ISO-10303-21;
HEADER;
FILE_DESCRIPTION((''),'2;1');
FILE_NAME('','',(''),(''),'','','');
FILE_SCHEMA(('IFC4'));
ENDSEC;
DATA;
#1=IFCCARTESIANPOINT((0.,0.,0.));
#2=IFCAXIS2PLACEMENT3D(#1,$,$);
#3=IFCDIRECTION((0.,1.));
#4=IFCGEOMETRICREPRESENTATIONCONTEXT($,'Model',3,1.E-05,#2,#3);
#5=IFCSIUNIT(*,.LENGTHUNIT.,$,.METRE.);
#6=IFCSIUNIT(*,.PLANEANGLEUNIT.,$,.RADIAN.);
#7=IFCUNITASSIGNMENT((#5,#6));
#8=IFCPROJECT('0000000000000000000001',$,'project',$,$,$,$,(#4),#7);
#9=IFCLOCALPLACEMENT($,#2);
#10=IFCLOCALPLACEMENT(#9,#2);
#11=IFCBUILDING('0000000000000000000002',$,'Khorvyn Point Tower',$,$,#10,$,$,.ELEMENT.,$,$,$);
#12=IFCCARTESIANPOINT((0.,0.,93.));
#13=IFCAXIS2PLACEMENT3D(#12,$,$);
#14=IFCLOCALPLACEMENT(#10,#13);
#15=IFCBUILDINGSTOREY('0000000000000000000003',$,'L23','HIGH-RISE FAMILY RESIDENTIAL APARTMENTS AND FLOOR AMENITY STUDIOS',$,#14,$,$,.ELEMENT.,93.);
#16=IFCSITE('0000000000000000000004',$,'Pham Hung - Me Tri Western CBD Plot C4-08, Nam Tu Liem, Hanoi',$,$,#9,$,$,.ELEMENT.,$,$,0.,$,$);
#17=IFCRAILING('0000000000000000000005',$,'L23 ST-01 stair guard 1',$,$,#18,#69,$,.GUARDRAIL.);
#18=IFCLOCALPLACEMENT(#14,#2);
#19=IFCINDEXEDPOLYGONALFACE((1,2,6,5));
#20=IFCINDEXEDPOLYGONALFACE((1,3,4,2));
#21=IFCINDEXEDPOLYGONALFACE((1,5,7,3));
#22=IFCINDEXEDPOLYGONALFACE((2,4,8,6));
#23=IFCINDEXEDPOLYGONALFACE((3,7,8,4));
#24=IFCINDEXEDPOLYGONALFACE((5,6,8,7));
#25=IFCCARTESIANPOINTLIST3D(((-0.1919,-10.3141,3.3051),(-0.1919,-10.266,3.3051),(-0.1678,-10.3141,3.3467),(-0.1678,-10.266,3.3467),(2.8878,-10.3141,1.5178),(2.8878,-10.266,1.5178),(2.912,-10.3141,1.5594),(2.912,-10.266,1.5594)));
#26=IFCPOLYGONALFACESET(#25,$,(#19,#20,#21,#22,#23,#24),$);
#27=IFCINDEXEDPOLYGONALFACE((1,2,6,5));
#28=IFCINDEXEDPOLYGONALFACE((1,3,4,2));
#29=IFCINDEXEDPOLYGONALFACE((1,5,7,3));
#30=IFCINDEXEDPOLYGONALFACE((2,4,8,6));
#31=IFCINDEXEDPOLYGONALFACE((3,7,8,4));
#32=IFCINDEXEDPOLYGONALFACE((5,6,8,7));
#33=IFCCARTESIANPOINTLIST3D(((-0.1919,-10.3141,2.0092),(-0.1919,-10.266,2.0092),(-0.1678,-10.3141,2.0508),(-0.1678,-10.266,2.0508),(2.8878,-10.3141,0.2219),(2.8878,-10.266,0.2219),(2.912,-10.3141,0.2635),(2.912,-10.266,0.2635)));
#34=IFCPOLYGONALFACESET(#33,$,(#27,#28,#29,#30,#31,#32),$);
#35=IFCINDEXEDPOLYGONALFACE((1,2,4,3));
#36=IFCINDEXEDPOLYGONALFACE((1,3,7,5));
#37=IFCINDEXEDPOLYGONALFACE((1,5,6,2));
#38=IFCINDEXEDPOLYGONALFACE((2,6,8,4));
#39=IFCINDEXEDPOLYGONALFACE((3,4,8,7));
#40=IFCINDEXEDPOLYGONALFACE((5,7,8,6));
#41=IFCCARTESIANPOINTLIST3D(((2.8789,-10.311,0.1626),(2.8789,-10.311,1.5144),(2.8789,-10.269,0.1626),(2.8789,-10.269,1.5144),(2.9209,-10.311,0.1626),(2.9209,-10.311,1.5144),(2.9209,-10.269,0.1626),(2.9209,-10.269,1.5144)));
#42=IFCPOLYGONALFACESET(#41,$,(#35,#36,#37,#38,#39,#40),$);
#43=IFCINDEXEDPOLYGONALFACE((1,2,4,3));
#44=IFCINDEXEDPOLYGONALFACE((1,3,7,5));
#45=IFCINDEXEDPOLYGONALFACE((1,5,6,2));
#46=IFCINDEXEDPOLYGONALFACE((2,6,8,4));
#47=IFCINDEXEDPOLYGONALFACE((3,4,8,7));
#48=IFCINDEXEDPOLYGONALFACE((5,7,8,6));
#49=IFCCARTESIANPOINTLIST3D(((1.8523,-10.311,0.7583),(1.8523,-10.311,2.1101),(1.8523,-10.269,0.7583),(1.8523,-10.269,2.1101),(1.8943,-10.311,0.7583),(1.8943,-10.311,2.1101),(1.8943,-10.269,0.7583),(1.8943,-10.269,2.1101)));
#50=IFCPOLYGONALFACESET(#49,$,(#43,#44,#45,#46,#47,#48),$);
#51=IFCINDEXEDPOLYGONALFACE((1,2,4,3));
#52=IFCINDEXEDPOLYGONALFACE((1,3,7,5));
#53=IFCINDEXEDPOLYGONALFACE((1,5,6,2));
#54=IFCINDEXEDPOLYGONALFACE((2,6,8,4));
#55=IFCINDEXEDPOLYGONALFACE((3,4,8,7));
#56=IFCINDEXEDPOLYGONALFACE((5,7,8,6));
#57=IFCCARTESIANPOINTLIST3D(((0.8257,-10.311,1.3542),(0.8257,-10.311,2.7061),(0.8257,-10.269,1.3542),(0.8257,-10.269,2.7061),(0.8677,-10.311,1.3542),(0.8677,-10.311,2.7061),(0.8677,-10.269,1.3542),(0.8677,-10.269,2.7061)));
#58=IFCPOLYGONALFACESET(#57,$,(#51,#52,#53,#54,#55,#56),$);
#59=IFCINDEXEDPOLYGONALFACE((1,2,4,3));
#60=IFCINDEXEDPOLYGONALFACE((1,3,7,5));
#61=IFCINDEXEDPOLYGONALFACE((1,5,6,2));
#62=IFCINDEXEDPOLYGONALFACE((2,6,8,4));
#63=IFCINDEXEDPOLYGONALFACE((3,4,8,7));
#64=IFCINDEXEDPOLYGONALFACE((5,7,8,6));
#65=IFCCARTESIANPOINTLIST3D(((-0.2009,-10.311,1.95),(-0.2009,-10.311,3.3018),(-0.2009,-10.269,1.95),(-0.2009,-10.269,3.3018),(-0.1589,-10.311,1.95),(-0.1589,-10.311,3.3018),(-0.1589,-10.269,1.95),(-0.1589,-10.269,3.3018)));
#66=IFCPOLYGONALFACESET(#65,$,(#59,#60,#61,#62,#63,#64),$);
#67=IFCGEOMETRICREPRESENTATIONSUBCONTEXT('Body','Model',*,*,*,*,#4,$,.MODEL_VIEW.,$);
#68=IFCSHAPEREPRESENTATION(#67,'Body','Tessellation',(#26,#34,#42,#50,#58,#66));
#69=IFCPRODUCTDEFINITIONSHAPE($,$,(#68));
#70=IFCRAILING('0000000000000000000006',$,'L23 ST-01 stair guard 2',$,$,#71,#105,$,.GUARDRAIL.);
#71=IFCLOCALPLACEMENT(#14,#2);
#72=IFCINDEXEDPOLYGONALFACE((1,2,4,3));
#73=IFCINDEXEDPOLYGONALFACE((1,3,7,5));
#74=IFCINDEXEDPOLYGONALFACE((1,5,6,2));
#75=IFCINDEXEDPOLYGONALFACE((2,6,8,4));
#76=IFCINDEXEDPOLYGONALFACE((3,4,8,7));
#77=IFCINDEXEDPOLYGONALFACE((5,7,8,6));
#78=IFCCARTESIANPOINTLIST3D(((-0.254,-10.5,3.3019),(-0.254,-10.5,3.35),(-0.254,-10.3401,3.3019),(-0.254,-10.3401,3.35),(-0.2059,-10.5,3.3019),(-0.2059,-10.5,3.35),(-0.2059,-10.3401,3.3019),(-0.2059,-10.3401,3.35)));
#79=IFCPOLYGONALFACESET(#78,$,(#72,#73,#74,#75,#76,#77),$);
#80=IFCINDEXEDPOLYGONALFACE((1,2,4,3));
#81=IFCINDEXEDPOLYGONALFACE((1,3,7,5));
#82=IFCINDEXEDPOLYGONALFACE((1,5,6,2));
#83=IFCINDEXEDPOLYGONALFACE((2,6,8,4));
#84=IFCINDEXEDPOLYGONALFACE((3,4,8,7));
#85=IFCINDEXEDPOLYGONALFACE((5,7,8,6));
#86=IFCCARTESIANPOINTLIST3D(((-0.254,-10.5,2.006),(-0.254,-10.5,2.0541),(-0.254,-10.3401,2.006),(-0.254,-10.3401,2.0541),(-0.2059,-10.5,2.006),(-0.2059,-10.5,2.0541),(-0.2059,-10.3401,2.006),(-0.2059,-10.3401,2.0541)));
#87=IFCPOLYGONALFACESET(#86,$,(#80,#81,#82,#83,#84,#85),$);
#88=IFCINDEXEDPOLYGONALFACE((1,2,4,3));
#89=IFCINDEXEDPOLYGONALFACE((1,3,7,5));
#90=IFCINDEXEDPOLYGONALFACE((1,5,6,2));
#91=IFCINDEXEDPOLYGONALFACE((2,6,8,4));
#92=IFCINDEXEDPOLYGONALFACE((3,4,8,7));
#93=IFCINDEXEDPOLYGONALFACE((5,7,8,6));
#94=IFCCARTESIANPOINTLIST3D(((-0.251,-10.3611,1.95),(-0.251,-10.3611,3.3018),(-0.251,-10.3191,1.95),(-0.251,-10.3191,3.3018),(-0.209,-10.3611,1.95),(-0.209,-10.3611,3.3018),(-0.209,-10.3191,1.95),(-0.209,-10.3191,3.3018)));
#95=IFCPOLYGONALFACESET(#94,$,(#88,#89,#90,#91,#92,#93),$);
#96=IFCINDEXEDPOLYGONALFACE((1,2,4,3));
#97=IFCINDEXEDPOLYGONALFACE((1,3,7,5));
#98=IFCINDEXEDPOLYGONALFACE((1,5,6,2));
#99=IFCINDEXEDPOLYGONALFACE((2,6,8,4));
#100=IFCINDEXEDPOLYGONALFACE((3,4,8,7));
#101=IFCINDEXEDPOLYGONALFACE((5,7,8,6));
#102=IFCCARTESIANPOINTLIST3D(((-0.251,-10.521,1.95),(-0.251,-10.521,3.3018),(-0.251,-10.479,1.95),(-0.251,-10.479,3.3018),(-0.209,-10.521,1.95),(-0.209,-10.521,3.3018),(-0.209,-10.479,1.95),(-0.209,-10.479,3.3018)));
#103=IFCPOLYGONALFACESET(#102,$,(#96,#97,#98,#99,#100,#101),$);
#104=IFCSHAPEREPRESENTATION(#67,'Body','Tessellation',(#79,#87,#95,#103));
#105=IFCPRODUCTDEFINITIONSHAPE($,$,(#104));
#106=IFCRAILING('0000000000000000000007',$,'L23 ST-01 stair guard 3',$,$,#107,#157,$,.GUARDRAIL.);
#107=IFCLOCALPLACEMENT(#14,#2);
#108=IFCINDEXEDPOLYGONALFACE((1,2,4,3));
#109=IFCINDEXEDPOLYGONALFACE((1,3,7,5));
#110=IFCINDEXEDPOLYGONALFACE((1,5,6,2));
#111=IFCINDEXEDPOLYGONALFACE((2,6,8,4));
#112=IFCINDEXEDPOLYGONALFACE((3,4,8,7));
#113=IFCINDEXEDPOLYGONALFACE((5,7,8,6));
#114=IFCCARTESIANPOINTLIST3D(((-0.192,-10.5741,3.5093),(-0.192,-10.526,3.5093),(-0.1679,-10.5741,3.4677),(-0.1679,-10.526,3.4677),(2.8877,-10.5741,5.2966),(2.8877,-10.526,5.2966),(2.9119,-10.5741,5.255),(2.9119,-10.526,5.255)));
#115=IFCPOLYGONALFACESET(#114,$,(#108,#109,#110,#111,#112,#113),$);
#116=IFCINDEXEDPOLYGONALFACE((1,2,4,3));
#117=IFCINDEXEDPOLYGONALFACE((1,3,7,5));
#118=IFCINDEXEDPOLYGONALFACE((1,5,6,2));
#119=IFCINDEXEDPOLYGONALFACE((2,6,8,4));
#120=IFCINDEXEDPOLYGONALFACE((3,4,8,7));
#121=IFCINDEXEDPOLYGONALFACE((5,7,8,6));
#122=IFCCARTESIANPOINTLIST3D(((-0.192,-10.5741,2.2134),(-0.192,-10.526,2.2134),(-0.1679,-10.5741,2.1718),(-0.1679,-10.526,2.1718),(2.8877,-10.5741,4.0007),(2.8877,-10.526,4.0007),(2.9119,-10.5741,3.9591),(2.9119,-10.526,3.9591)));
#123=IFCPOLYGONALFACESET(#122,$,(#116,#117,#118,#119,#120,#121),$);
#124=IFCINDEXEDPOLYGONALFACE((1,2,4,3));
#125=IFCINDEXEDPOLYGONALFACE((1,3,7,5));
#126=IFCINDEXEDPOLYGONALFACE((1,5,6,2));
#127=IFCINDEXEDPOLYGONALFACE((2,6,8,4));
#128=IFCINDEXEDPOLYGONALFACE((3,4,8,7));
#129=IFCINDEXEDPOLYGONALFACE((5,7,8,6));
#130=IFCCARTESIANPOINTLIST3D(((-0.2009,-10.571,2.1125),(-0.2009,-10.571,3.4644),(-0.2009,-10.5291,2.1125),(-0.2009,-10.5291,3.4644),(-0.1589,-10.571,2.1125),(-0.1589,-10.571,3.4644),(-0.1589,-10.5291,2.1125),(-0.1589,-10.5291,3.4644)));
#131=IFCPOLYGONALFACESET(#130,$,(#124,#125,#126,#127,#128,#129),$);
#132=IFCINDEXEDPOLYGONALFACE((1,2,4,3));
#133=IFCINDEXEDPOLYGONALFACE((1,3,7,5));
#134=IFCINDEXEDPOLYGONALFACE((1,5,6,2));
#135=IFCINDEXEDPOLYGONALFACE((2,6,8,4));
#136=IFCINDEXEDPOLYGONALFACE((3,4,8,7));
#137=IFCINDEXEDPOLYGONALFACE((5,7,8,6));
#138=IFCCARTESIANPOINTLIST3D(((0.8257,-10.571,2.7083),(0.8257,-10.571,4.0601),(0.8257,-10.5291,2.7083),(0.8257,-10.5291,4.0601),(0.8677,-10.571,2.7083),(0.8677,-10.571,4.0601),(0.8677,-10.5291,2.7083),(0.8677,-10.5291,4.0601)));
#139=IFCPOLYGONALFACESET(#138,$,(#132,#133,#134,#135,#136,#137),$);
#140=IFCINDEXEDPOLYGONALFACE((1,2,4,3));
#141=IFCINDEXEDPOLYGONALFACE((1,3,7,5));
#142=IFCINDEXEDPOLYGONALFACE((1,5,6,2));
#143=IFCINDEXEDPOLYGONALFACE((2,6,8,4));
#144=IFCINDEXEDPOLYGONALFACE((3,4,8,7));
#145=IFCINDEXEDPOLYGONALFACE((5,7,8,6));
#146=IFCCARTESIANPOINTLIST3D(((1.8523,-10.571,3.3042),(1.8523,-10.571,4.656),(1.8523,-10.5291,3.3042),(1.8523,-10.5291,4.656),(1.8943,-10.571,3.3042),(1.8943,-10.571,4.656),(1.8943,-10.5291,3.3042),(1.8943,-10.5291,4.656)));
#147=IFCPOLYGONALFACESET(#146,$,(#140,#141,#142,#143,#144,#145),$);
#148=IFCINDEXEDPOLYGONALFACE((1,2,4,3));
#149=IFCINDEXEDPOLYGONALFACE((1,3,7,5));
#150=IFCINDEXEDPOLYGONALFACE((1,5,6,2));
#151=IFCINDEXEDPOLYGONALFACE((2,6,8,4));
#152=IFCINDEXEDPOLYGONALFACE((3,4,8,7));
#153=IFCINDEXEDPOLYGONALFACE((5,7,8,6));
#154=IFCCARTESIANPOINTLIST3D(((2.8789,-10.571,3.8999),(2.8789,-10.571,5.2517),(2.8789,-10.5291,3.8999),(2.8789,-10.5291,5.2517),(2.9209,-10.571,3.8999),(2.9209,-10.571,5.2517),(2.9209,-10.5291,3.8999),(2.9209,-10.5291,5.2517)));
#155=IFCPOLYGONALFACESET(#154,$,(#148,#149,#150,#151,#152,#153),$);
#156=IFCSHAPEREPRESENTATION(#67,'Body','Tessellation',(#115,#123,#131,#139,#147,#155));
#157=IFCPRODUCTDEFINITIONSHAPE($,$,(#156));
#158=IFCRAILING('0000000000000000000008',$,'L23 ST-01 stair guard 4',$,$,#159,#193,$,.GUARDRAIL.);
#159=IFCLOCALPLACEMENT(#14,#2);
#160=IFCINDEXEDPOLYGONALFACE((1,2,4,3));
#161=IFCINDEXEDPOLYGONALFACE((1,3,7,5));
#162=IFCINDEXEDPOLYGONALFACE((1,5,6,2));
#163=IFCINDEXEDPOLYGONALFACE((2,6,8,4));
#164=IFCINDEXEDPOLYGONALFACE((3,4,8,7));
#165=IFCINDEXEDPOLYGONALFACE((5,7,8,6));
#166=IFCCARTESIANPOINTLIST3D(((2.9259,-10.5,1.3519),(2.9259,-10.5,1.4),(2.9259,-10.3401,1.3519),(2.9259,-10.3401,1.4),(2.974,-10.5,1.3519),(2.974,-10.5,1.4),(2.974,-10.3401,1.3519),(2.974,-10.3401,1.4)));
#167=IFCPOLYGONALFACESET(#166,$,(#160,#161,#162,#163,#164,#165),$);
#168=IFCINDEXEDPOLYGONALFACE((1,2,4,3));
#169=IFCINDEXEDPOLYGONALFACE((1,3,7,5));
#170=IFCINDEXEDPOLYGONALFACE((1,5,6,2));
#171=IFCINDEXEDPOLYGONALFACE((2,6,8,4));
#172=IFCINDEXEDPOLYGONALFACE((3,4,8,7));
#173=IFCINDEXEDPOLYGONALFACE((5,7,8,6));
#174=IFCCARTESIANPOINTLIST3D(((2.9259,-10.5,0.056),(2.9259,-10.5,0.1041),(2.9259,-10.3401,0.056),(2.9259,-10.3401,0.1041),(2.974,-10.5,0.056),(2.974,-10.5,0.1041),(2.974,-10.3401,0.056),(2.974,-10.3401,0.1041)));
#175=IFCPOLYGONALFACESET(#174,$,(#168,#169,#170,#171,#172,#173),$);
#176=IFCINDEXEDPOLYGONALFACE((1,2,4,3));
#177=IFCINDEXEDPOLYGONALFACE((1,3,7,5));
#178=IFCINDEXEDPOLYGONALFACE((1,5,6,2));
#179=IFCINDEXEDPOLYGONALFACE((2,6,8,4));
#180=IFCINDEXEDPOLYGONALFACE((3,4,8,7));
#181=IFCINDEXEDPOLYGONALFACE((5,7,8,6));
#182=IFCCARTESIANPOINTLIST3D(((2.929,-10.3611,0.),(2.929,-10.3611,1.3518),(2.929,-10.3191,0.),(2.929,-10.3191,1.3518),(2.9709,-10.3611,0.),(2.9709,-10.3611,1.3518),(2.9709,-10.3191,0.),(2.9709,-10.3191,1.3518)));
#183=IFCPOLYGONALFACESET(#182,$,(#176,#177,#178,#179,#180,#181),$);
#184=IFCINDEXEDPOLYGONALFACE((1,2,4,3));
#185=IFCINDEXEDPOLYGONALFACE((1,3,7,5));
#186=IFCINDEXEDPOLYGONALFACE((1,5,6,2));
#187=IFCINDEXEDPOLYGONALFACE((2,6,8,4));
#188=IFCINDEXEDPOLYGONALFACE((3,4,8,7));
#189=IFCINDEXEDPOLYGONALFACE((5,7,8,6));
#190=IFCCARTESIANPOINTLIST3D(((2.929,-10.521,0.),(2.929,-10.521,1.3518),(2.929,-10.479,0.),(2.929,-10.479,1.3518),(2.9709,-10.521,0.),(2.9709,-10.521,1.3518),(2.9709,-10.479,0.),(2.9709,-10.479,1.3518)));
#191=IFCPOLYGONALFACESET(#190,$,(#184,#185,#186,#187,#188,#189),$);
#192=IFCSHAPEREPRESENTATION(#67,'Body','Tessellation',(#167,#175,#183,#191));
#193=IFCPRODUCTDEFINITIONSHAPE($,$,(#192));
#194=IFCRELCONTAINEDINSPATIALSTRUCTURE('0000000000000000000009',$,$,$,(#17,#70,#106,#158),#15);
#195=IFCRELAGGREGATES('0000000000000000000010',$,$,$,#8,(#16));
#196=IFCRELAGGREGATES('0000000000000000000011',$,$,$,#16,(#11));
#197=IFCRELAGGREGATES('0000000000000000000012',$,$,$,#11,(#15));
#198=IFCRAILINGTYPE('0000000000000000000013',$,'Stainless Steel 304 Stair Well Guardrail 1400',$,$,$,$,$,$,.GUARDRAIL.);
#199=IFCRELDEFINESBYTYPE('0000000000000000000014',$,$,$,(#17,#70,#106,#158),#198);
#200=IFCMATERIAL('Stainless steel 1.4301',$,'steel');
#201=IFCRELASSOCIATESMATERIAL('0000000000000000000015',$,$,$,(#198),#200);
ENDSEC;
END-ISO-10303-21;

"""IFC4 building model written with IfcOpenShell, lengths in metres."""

from ifc_helpers import new_model, si_unit, direction, frame, origin, origin_2d, place, context, subcontext, project, spatial, rectangle, extrude, material, type_object, element, save


model = new_model("IFC4")

# Units and contexts
model_context = context("Model", 3, precision=1e-05, world=origin(), true_north=direction((0.0, 1.0)))
body_context = subcontext(model_context, "Body", "Model", "MODEL_VIEW")
ifc_project = project(units=[si_unit("LENGTHUNIT", "METRE"), si_unit("PLANEANGLEUNIT", "RADIAN")], contexts=[model_context])

# Site, building, storey
site_placement = place(None, origin())
site = spatial("IfcSite", under=ifc_project, at=site_placement, Name="Pham Hung - Me Tri Western CBD Plot C4-08, Nam Tu Liem, Hanoi", CompositionType="ELEMENT", RefElevation=0.0)
building_placement = place(site_placement, origin())
building = spatial("IfcBuilding", under=site, at=building_placement, Name="Khorvyn Point Tower", CompositionType="ELEMENT")
storey_placement = place(building_placement, frame((0.0, 0.0, 93.0)))
storey = spatial("IfcBuildingStorey", under=building, at=storey_placement, Name="L23", Description="HIGH-RISE FAMILY RESIDENTIAL APARTMENTS AND FLOOR AMENITY STUDIOS", CompositionType="ELEMENT", Elevation=93.0)

# Railings
ifc_material_1 = material(Name="Stainless steel 1.4301", Category="steel")
railing_type_1 = type_object("IfcRailingType", Name="Stainless Steel 304 Stair Well Guardrail 1400", PredefinedType="GUARDRAIL", material=ifc_material_1)
railing_1_placement = place(storey_placement, frame((2.8999, -10.29, 0.1626)))
element("IfcRailing", 1, at=railing_1_placement, inside=storey, type_object=railing_type_1, Name="L23 ST-01 stair guard 1", PredefinedType="GUARDRAIL", context=body_context, shape_type="SweptSolid", body=[
    extrude(rectangle(XDim=0.0481, YDim=0.0481, at=origin_2d()), frame((0.0, 0.0, 1.376), z_axis=(-0.864903, 0.0, 0.501939), x_axis=(0.0, -1.0, 0.0)), (0.0, 0.0, 1.0), 3.5608),
    extrude(rectangle(XDim=0.0481, YDim=0.0481, at=origin_2d()), frame((0.0, 0.0, 0.0801), z_axis=(-0.864903, 0.0, 0.501939), x_axis=(0.0, -1.0, 0.0)), (0.0, 0.0, 1.0), 3.5608),
    extrude(rectangle(XDim=0.042, YDim=0.042, at=origin_2d()), origin(), (0.0, 0.0, 1.0), 1.3518),
    extrude(rectangle(XDim=0.042, YDim=0.042, at=origin_2d()), frame((-1.0266, 0.0, 0.5957)), (0.0, 0.0, 1.0), 1.3518),
    extrude(rectangle(XDim=0.042, YDim=0.042, at=origin_2d()), frame((-2.0532, 0.0, 1.1917)), (0.0, 0.0, 1.0), 1.3518),
    extrude(rectangle(XDim=0.042, YDim=0.042, at=origin_2d()), frame((-3.0798, 0.0, 1.7874)), (0.0, 0.0, 1.0), 1.3518),
])
railing_2_placement = place(storey_placement, frame((-0.23, -10.3401, 1.95)))
element("IfcRailing", 2, at=railing_2_placement, inside=storey, type_object=railing_type_1, Name="L23 ST-01 stair guard 2", PredefinedType="GUARDRAIL", context=body_context, shape_type="SweptSolid", body=[
    extrude(rectangle(XDim=0.0481, YDim=0.0481, at=origin_2d()), frame((0.0, 0.0, 1.376), z_axis=(0.0, -1.0, 0.0), x_axis=(1.0, 0.0, 0.0)), (0.0, 0.0, 1.0), 0.1599),
    extrude(rectangle(XDim=0.0481, YDim=0.0481, at=origin_2d()), frame((0.0, 0.0, 0.0801), z_axis=(0.0, -1.0, 0.0), x_axis=(1.0, 0.0, 0.0)), (0.0, 0.0, 1.0), 0.1599),
    extrude(rectangle(XDim=0.042, YDim=0.042, at=origin_2d()), origin(), (0.0, 0.0, 1.0), 1.3518),
    extrude(rectangle(XDim=0.042, YDim=0.042, at=origin_2d()), frame((0.0, -0.1599, 0.0)), (0.0, 0.0, 1.0), 1.3518),
])
railing_3_placement = place(storey_placement, frame((-0.1799, -10.55, 2.1125)))
element("IfcRailing", 3, at=railing_3_placement, inside=storey, type_object=railing_type_1, Name="L23 ST-01 stair guard 3", PredefinedType="GUARDRAIL", context=body_context, shape_type="SweptSolid", body=[
    extrude(rectangle(XDim=0.0481, YDim=0.0481, at=origin_2d()), frame((0.0, 0.0, 1.376), z_axis=(0.864903, 0.0, 0.501939), x_axis=(0.0, 1.0, 0.0)), (0.0, 0.0, 1.0), 3.5608),
    extrude(rectangle(XDim=0.0481, YDim=0.0481, at=origin_2d()), frame((0.0, 0.0, 0.0801), z_axis=(0.864903, 0.0, 0.501939), x_axis=(0.0, 1.0, 0.0)), (0.0, 0.0, 1.0), 3.5608),
    extrude(rectangle(XDim=0.042, YDim=0.042, at=origin_2d()), origin(), (0.0, 0.0, 1.0), 1.3518),
    extrude(rectangle(XDim=0.042, YDim=0.042, at=origin_2d()), frame((1.0266, 0.0, 0.5957)), (0.0, 0.0, 1.0), 1.3518),
    extrude(rectangle(XDim=0.042, YDim=0.042, at=origin_2d()), frame((2.0532, 0.0, 1.1917)), (0.0, 0.0, 1.0), 1.3518),
    extrude(rectangle(XDim=0.042, YDim=0.042, at=origin_2d()), frame((3.0798, 0.0, 1.7874)), (0.0, 0.0, 1.0), 1.3518),
])
railing_4_placement = place(storey_placement, frame((2.95, -10.3401, 0.0)))
element("IfcRailing", 4, at=railing_4_placement, inside=storey, type_object=railing_type_1, Name="L23 ST-01 stair guard 4", PredefinedType="GUARDRAIL", context=body_context, shape_type="SweptSolid", body=[
    extrude(rectangle(XDim=0.0481, YDim=0.0481, at=origin_2d()), frame((0.0, 0.0, 1.376), z_axis=(0.0, -1.0, 0.0), x_axis=(1.0, 0.0, 0.0)), (0.0, 0.0, 1.0), 0.1599),
    extrude(rectangle(XDim=0.0481, YDim=0.0481, at=origin_2d()), frame((0.0, 0.0, 0.0801), z_axis=(0.0, -1.0, 0.0), x_axis=(1.0, 0.0, 0.0)), (0.0, 0.0, 1.0), 0.1599),
    extrude(rectangle(XDim=0.042, YDim=0.042, at=origin_2d()), origin(), (0.0, 0.0, 1.0), 1.3518),
    extrude(rectangle(XDim=0.042, YDim=0.042, at=origin_2d()), frame((0.0, -0.1599, 0.0)), (0.0, 0.0, 1.0), 1.3518),
])

save(model, "model.ifc")
